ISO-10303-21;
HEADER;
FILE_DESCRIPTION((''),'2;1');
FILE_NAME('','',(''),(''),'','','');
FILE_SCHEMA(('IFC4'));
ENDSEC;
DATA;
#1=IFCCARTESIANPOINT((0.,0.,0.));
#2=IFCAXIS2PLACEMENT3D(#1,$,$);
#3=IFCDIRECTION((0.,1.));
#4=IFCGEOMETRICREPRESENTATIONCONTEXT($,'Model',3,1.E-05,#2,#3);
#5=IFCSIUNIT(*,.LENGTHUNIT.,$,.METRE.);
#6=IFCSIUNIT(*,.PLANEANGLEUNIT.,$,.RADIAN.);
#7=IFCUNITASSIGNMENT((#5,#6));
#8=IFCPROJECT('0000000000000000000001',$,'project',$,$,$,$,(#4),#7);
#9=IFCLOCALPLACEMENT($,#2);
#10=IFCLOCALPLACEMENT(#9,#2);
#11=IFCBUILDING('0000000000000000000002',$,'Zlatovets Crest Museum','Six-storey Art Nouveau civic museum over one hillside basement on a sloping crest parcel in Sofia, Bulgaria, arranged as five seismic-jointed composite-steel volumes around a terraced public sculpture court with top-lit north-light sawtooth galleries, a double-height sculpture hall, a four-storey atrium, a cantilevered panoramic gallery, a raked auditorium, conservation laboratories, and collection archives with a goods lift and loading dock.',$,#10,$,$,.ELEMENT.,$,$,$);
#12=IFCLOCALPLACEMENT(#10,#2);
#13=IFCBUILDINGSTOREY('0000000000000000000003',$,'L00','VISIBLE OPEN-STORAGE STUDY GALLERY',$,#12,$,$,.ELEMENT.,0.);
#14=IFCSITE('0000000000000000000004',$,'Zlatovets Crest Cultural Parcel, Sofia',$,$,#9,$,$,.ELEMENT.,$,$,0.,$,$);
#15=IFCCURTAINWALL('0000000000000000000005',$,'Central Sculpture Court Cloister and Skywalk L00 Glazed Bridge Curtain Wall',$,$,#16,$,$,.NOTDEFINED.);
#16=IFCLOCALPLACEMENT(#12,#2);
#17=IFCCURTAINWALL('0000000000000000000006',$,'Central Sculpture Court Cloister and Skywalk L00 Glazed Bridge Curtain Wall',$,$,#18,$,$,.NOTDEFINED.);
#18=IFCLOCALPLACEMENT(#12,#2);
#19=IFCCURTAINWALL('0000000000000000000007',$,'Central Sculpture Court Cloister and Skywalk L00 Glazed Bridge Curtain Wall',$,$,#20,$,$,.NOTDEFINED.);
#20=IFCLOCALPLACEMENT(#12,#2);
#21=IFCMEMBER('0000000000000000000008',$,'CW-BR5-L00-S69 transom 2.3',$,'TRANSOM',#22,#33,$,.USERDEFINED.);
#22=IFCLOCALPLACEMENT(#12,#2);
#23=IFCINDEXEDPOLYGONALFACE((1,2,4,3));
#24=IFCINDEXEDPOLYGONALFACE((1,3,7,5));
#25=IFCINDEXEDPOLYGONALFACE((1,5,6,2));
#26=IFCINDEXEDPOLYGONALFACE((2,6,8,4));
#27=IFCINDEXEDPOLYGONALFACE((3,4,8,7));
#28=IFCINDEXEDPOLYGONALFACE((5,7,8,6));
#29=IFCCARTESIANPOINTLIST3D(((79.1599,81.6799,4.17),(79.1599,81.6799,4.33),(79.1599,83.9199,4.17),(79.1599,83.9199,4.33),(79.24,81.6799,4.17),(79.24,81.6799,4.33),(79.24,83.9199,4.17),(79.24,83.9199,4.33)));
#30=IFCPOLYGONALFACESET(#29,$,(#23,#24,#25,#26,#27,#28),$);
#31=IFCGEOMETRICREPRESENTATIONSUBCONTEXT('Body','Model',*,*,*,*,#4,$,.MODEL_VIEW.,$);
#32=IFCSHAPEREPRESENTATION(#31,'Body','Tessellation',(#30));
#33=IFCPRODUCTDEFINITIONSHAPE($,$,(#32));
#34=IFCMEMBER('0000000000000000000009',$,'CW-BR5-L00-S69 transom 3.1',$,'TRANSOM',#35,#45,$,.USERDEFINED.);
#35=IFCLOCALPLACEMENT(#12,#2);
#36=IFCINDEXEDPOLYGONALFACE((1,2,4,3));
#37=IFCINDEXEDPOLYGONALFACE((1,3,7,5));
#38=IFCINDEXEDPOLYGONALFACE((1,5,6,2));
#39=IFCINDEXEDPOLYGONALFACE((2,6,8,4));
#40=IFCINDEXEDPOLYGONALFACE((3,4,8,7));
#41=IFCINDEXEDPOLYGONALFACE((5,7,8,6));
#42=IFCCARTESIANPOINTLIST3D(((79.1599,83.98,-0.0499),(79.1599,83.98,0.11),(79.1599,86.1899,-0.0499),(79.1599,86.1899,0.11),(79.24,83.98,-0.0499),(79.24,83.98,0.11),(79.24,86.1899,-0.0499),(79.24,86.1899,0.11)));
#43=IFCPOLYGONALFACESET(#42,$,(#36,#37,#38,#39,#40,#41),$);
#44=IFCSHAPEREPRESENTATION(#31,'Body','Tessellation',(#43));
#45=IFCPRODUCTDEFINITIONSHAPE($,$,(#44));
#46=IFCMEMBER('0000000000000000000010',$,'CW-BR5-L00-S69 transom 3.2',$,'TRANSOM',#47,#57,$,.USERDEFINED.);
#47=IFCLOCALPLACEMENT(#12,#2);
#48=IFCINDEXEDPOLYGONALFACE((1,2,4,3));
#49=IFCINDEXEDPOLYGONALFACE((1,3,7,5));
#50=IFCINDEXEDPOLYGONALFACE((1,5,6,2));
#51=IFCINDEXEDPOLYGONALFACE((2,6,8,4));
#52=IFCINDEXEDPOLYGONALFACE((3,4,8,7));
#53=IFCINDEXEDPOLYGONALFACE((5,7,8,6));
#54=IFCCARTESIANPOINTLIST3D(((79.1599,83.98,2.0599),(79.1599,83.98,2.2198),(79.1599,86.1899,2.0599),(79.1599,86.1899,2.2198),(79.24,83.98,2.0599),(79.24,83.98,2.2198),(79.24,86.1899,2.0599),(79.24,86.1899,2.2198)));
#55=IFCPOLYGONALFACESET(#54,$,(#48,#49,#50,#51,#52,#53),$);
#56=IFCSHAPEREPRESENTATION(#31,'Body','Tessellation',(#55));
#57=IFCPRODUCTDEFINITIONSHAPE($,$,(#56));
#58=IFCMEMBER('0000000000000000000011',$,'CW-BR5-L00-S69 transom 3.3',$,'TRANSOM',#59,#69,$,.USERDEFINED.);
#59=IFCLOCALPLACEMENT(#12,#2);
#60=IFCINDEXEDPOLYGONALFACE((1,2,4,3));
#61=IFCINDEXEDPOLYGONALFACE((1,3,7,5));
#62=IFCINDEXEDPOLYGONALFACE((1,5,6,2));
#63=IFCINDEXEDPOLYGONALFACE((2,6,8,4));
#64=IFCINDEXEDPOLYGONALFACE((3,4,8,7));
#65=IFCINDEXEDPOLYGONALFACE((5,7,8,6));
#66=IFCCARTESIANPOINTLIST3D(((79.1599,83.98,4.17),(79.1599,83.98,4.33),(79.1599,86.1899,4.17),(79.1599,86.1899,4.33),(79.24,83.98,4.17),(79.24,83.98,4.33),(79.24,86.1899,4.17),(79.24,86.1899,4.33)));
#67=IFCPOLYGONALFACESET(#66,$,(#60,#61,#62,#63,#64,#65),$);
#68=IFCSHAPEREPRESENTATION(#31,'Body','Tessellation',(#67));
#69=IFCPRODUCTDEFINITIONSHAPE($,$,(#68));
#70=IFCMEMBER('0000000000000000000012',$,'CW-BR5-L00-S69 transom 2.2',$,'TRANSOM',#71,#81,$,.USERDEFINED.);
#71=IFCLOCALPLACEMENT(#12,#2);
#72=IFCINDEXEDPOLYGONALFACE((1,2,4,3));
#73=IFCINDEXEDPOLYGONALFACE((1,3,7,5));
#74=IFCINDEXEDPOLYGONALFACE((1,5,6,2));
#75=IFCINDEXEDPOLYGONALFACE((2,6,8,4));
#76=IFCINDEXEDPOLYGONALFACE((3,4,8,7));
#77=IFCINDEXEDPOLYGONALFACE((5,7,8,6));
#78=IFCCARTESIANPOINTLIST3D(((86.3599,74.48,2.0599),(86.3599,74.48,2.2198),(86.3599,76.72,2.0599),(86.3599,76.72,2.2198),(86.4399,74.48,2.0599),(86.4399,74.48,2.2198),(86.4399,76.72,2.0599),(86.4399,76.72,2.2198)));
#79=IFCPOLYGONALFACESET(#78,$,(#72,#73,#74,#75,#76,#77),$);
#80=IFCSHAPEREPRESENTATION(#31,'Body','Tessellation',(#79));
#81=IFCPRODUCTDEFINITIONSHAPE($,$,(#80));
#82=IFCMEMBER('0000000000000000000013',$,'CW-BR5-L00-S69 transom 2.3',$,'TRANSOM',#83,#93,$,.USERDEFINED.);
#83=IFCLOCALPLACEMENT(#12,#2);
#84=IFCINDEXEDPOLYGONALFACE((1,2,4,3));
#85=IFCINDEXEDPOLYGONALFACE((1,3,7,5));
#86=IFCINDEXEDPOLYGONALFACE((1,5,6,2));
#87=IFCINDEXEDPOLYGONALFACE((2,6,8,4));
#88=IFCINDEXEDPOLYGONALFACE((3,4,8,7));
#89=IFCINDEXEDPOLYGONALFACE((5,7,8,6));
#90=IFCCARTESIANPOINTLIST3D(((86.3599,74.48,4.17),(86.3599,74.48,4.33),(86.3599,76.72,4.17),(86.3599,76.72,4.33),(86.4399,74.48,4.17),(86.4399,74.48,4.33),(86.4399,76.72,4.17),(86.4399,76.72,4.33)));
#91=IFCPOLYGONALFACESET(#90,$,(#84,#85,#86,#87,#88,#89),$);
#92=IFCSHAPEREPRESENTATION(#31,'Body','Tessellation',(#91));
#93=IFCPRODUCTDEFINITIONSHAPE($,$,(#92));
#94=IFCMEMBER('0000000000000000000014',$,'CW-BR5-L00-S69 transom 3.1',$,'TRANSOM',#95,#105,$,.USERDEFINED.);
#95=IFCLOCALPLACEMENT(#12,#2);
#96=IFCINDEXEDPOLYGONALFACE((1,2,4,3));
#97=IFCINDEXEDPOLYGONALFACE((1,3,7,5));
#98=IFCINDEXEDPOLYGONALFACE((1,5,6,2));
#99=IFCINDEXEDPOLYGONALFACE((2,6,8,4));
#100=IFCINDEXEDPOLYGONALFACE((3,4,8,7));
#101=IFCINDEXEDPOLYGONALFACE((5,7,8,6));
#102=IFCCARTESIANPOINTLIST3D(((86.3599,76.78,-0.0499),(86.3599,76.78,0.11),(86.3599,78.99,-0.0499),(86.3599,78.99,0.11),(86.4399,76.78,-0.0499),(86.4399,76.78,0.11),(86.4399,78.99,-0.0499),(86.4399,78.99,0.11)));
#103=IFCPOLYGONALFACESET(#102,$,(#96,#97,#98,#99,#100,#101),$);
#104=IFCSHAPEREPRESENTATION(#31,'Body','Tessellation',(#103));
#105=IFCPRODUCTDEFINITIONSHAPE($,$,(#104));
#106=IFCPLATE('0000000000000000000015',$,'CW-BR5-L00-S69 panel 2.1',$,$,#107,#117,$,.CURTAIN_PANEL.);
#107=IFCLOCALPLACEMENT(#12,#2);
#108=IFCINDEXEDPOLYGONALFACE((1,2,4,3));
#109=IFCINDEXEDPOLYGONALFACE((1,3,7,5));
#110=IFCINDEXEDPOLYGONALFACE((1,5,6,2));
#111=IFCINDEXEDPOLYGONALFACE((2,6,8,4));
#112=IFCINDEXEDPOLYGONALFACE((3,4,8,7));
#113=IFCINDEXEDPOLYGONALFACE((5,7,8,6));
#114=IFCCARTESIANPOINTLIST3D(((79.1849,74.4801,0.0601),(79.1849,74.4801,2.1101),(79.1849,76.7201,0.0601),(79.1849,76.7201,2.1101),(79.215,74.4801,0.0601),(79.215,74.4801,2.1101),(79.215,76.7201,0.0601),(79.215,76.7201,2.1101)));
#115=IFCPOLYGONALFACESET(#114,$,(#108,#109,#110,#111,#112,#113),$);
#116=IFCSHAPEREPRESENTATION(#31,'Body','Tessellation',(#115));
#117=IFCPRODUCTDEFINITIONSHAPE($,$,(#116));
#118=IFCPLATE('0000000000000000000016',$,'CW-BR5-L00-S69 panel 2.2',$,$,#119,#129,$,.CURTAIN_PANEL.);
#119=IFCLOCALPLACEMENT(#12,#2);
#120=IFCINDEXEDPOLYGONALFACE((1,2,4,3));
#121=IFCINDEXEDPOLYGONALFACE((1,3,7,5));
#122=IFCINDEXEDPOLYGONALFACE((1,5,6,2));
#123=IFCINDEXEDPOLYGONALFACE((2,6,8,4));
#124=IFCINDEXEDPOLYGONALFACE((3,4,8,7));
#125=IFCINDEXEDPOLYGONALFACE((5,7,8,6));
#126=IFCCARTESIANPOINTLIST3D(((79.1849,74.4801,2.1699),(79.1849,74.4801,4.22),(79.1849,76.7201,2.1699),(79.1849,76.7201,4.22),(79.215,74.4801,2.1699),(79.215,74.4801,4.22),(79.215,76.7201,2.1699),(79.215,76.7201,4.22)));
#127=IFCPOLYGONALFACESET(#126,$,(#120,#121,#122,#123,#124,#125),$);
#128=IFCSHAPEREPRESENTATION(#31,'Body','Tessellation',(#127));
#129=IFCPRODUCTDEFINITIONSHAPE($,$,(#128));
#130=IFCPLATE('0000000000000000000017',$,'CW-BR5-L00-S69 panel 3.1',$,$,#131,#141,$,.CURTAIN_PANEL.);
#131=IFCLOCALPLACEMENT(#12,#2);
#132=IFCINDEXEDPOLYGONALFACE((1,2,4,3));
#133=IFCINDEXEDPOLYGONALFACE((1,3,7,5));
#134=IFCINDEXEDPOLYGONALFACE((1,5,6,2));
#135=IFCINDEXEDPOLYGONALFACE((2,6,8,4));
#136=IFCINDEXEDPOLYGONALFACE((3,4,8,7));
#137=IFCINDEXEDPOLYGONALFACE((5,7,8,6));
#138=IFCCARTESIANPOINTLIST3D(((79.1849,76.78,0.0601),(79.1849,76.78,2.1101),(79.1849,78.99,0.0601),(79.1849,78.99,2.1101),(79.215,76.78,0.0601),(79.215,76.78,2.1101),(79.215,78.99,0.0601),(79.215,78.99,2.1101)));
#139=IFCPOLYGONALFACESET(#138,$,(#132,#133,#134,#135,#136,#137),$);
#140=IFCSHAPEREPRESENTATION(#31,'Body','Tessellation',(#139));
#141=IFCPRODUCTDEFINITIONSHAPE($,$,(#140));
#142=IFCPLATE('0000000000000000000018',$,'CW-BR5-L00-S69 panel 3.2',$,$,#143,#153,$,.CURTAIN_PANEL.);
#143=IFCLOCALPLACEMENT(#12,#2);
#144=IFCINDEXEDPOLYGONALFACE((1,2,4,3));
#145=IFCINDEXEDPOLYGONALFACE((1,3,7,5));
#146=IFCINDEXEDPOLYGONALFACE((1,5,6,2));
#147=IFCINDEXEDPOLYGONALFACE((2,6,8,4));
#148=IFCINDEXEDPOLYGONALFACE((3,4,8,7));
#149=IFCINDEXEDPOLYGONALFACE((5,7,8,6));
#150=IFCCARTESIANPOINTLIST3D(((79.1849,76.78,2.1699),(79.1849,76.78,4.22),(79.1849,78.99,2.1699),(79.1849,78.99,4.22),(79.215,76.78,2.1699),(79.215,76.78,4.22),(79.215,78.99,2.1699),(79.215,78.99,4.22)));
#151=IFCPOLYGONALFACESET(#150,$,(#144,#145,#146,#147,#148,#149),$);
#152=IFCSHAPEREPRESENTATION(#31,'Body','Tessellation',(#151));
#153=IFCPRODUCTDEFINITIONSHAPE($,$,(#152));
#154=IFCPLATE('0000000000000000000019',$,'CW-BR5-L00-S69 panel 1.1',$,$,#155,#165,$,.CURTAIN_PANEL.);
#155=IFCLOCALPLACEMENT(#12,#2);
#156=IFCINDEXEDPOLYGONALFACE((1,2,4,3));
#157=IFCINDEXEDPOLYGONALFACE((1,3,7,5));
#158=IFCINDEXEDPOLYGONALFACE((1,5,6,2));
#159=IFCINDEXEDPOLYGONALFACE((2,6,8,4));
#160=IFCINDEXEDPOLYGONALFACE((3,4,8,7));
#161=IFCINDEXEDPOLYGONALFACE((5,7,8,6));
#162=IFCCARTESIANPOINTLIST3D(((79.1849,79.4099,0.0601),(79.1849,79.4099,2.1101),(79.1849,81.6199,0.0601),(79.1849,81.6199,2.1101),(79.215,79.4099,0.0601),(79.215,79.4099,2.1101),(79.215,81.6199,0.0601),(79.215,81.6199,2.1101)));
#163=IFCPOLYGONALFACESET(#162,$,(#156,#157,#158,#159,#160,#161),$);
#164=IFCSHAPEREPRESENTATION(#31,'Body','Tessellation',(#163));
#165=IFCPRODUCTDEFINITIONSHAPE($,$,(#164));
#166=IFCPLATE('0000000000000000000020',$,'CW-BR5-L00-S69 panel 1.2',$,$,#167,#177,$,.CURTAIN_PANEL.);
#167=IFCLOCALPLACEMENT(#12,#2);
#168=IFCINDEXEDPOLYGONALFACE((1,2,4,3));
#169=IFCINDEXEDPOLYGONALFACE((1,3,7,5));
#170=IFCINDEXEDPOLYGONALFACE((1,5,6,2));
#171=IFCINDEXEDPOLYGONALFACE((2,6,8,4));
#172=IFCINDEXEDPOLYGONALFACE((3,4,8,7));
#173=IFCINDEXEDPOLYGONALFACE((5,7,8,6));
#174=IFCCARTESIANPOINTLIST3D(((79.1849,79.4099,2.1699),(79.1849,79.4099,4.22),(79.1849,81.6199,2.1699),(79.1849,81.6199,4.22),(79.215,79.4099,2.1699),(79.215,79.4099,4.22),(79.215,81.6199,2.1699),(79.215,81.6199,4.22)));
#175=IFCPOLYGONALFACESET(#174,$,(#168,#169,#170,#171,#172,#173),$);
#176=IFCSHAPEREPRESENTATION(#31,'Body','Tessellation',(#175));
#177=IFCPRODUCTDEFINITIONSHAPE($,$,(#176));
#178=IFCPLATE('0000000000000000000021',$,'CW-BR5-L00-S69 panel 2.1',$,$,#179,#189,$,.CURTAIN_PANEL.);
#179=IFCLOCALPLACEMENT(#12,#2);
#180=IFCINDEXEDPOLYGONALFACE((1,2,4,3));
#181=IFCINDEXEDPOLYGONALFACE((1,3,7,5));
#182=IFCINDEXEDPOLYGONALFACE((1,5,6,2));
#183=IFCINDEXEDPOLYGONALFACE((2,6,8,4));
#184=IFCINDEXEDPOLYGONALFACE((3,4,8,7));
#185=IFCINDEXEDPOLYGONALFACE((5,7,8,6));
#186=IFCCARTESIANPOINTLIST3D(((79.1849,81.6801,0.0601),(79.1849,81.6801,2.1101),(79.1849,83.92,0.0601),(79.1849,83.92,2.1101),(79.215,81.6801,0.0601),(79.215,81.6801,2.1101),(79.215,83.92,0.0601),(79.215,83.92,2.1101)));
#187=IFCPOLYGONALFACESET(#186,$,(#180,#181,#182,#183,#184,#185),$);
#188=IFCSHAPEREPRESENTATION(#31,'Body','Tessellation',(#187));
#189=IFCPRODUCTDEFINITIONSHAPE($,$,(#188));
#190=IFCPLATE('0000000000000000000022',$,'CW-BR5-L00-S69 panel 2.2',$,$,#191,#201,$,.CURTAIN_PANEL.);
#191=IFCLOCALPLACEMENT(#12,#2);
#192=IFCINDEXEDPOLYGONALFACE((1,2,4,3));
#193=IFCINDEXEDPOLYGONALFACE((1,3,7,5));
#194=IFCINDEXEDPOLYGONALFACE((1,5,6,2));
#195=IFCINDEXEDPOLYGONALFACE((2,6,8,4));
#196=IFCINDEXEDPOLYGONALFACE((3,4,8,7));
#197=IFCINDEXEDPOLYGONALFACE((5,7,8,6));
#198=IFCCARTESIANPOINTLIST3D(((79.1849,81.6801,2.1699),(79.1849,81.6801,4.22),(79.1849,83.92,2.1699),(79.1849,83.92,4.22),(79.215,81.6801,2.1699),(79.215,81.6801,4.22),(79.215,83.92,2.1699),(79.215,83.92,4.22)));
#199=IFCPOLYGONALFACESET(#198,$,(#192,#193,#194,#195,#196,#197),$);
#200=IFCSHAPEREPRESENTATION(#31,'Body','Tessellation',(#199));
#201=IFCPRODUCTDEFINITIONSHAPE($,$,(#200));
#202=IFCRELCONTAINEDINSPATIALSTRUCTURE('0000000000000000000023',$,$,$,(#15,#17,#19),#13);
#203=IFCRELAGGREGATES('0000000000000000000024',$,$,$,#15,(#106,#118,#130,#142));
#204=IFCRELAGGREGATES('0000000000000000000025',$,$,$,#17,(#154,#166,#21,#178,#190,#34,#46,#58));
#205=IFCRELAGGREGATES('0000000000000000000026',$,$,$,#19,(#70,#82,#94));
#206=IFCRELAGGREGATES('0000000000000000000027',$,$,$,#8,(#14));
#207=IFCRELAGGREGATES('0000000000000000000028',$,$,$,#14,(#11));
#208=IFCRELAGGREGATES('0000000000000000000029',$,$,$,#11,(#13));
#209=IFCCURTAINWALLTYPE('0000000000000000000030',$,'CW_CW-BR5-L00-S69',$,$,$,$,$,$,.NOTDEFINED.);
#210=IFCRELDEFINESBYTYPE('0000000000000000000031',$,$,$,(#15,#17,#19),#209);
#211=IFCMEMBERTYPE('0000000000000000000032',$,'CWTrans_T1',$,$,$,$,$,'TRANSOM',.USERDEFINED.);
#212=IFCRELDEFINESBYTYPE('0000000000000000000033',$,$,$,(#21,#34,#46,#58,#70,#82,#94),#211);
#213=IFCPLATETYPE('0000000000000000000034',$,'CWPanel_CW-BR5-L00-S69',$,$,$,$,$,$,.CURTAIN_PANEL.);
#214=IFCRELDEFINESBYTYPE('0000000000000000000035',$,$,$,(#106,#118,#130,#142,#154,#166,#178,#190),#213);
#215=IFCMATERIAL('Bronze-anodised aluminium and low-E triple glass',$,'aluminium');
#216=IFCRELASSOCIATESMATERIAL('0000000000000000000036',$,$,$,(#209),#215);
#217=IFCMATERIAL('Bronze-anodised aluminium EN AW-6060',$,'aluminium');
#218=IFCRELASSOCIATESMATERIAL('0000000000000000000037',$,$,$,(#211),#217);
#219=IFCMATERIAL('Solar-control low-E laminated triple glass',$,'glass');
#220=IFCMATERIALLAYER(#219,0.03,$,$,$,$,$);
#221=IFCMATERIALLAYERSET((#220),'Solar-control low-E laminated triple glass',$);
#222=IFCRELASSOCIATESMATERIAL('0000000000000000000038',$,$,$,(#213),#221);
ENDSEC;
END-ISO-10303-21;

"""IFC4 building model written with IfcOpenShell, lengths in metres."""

from ifc_helpers import new_model, si_unit, direction, frame, origin, origin_2d, place, context, subcontext, project, spatial, rectangle, extrude, material, layer, layer_set, material_profile, profile_set, type_object, element, aggregate, save


model = new_model("IFC4")

# Units and contexts
model_context = context("Model", 3, precision=1e-05, world=origin(), true_north=direction((0.0, 1.0)))
body_context = subcontext(model_context, "Body", "Model", "MODEL_VIEW")
ifc_project = project(units=[si_unit("LENGTHUNIT", "METRE"), si_unit("PLANEANGLEUNIT", "RADIAN")], contexts=[model_context])

# Site, building, storey
site_placement = place(None, origin())
site = spatial("IfcSite", under=ifc_project, at=site_placement, Name="Zlatovets Crest Cultural Parcel, Sofia", CompositionType="ELEMENT", RefElevation=0.0)
building_placement = place(site_placement, origin())
building = spatial("IfcBuilding", under=site, at=building_placement, Name="Zlatovets Crest Museum", Description="Six-storey Art Nouveau civic museum over one hillside basement on a sloping crest parcel in Sofia, Bulgaria, arranged as five seismic-jointed composite-steel volumes around a terraced public sculpture court with top-lit north-light sawtooth galleries, a double-height sculpture hall, a four-storey atrium, a cantilevered panoramic gallery, a raked auditorium, conservation laboratories, and collection archives with a goods lift and loading dock.", CompositionType="ELEMENT")
storey_placement = place(building_placement, origin())
storey = spatial("IfcBuildingStorey", under=building, at=storey_placement, Name="L00", Description="VISIBLE OPEN-STORAGE STUDY GALLERY", CompositionType="ELEMENT", Elevation=0.0)

# Curtain walls
ifc_material_1 = material(Name="Bronze-anodised aluminium and low-E triple glass", Category="aluminium")
curtain_wall_type = type_object("IfcCurtainWallType", Name="CW_CW-BR5-L00-S69", PredefinedType="NOTDEFINED", material=ifc_material_1)
curtain_wall_1_placement = place(storey_placement, origin())
curtain_wall_1 = element("IfcCurtainWall", 1, at=curtain_wall_1_placement, inside=storey, type_object=curtain_wall_type, Name="Central Sculpture Court Cloister and Skywalk L00 Glazed Bridge Curtain Wall", PredefinedType="NOTDEFINED")
ifc_material_2 = material(Name="Bronze-anodised aluminium EN AW-6060", Category="aluminium")
curtain_wall_2_placement = place(storey_placement, origin())
curtain_wall_2 = element("IfcCurtainWall", 2, at=curtain_wall_2_placement, inside=storey, type_object=curtain_wall_type, Name="Central Sculpture Court Cloister and Skywalk L00 Glazed Bridge Curtain Wall", PredefinedType="NOTDEFINED")

# Curtain wall
curtain_wall_3_placement = place(storey_placement, origin())
curtain_wall_3 = element("IfcCurtainWall", 3, at=curtain_wall_3_placement, inside=storey, type_object=curtain_wall_type, Name="Central Sculpture Court Cloister and Skywalk L00 Glazed Bridge Curtain Wall", PredefinedType="NOTDEFINED")

# Members
ifc_material_profile_1 = material_profile(ifc_material_2, rectangle(XDim=0.0801, YDim=0.1599, at=origin_2d()), Name="ALU 80x160")
ifc_profile_set_1 = profile_set([ifc_material_profile_1], Name="Bronze-anodised aluminium EN AW-6060")
member_type_1 = type_object("IfcMemberType", Name="CWTrans_T1", ElementType="TRANSOM", PredefinedType="USERDEFINED", material=ifc_profile_set_1)
member_1_placement = place(storey_placement, frame((79.2, 81.6799, 4.25), z_axis=(0.0, 1.0, 0.0), x_axis=(-1.0, 0.0, 0.0)))
member_1 = element("IfcMember", 4, at=member_1_placement, type_object=member_type_1, Name="CW-BR5-L00-S69 transom 2.3", ObjectType="TRANSOM", PredefinedType="USERDEFINED", context=body_context, shape_type="SweptSolid", body=[
    extrude(rectangle(XDim=0.0801, YDim=0.1599, at=origin_2d()), origin(), (0.0, 0.0, 1.0), 2.24),
])
member_2_placement = place(storey_placement, frame((79.2, 83.98, 0.03), z_axis=(0.0, 1.0, 0.0), x_axis=(-1.0, 0.0, 0.0)))
member_2 = element("IfcMember", 5, at=member_2_placement, type_object=member_type_1, Name="CW-BR5-L00-S69 transom 3.1", ObjectType="TRANSOM", PredefinedType="USERDEFINED", context=body_context, shape_type="SweptSolid", body=[
    extrude(rectangle(XDim=0.0801, YDim=0.1599, at=origin_2d()), origin(), (0.0, 0.0, 1.0), 2.21),
])
member_3_placement = place(storey_placement, frame((79.2, 83.98, 2.1399), z_axis=(0.0, 1.0, 0.0), x_axis=(-1.0, 0.0, 0.0)))
member_3 = element("IfcMember", 6, at=member_3_placement, type_object=member_type_1, Name="CW-BR5-L00-S69 transom 3.2", ObjectType="TRANSOM", PredefinedType="USERDEFINED", context=body_context, shape_type="SweptSolid", body=[
    extrude(rectangle(XDim=0.0801, YDim=0.1599, at=origin_2d()), origin(), (0.0, 0.0, 1.0), 2.21),
])
member_4_placement = place(storey_placement, frame((79.2, 83.98, 4.25), z_axis=(0.0, 1.0, 0.0), x_axis=(-1.0, 0.0, 0.0)))
member_4 = element("IfcMember", 7, at=member_4_placement, type_object=member_type_1, Name="CW-BR5-L00-S69 transom 3.3", ObjectType="TRANSOM", PredefinedType="USERDEFINED", context=body_context, shape_type="SweptSolid", body=[
    extrude(rectangle(XDim=0.0801, YDim=0.1599, at=origin_2d()), origin(), (0.0, 0.0, 1.0), 2.21),
])
member_5_placement = place(storey_placement, frame((86.3999, 74.48, 2.1399), z_axis=(0.0, 1.0, 0.0), x_axis=(-1.0, 0.0, 0.0)))
member_5 = element("IfcMember", 8, at=member_5_placement, type_object=member_type_1, Name="CW-BR5-L00-S69 transom 2.2", ObjectType="TRANSOM", PredefinedType="USERDEFINED", context=body_context, shape_type="SweptSolid", body=[
    extrude(rectangle(XDim=0.0801, YDim=0.1599, at=origin_2d()), origin(), (0.0, 0.0, 1.0), 2.24),
])
member_6_placement = place(storey_placement, frame((86.3999, 74.48, 4.25), z_axis=(0.0, 1.0, 0.0), x_axis=(-1.0, 0.0, 0.0)))
member_6 = element("IfcMember", 9, at=member_6_placement, type_object=member_type_1, Name="CW-BR5-L00-S69 transom 2.3", ObjectType="TRANSOM", PredefinedType="USERDEFINED", context=body_context, shape_type="SweptSolid", body=[
    extrude(rectangle(XDim=0.0801, YDim=0.1599, at=origin_2d()), origin(), (0.0, 0.0, 1.0), 2.24),
])
member_7_placement = place(storey_placement, frame((86.3999, 76.78, 0.03), z_axis=(0.0, 1.0, 0.0), x_axis=(-1.0, 0.0, 0.0)))
member_7 = element("IfcMember", 10, at=member_7_placement, type_object=member_type_1, Name="CW-BR5-L00-S69 transom 3.1", ObjectType="TRANSOM", PredefinedType="USERDEFINED", context=body_context, shape_type="SweptSolid", body=[
    extrude(rectangle(XDim=0.0801, YDim=0.1599, at=origin_2d()), origin(), (0.0, 0.0, 1.0), 2.21),
])

# Plates
ifc_material_3 = material(Name="Solar-control low-E laminated triple glass", Category="glass")
ifc_layer = layer(ifc_material_3, 0.03)
ifc_layer_set = layer_set([ifc_layer], Name="Solar-control low-E laminated triple glass")
plate_type = type_object("IfcPlateType", Name="CWPanel_CW-BR5-L00-S69", PredefinedType="CURTAIN_PANEL", material=ifc_layer_set)
plate_1_placement = place(storey_placement, frame((79.2, 75.6001, 0.0601), z_axis=(0.0, 0.0, 1.0), x_axis=(0.0, 1.0, 0.0)))
plate_1 = element("IfcPlate", 11, at=plate_1_placement, type_object=plate_type, Name="CW-BR5-L00-S69 panel 2.1", PredefinedType="CURTAIN_PANEL", context=body_context, shape_type="SweptSolid", body=[
    extrude(rectangle(XDim=2.24, YDim=0.03, at=origin_2d()), origin(), (0.0, 0.0, 1.0), 2.05),
])
plate_2_placement = place(storey_placement, frame((79.2, 75.6001, 2.1699), z_axis=(0.0, 0.0, 1.0), x_axis=(0.0, 1.0, 0.0)))
plate_2 = element("IfcPlate", 12, at=plate_2_placement, type_object=plate_type, Name="CW-BR5-L00-S69 panel 2.2", PredefinedType="CURTAIN_PANEL", context=body_context, shape_type="SweptSolid", body=[
    extrude(rectangle(XDim=2.24, YDim=0.03, at=origin_2d()), origin(), (0.0, 0.0, 1.0), 2.05),
])
plate_3_placement = place(storey_placement, frame((79.2, 77.885, 0.0601), z_axis=(0.0, 0.0, 1.0), x_axis=(0.0, 1.0, 0.0)))
plate_3 = element("IfcPlate", 13, at=plate_3_placement, type_object=plate_type, Name="CW-BR5-L00-S69 panel 3.1", PredefinedType="CURTAIN_PANEL", context=body_context, shape_type="SweptSolid", body=[
    extrude(rectangle(XDim=2.21, YDim=0.03, at=origin_2d()), origin(), (0.0, 0.0, 1.0), 2.05),
])
plate_4_placement = place(storey_placement, frame((79.2, 77.885, 2.1699), z_axis=(0.0, 0.0, 1.0), x_axis=(0.0, 1.0, 0.0)))
plate_4 = element("IfcPlate", 14, at=plate_4_placement, type_object=plate_type, Name="CW-BR5-L00-S69 panel 3.2", PredefinedType="CURTAIN_PANEL", context=body_context, shape_type="SweptSolid", body=[
    extrude(rectangle(XDim=2.21, YDim=0.03, at=origin_2d()), origin(), (0.0, 0.0, 1.0), 2.05),
])
aggregate(curtain_wall_1, [plate_1, plate_2, plate_3, plate_4])
plate_5_placement = place(storey_placement, frame((79.2, 80.5149, 0.0601), z_axis=(0.0, 0.0, 1.0), x_axis=(0.0, 1.0, 0.0)))
plate_5 = element("IfcPlate", 15, at=plate_5_placement, type_object=plate_type, Name="CW-BR5-L00-S69 panel 1.1", PredefinedType="CURTAIN_PANEL", context=body_context, shape_type="SweptSolid", body=[
    extrude(rectangle(XDim=2.21, YDim=0.03, at=origin_2d()), origin(), (0.0, 0.0, 1.0), 2.05),
])
plate_6_placement = place(storey_placement, frame((79.2, 80.5149, 2.1699), z_axis=(0.0, 0.0, 1.0), x_axis=(0.0, 1.0, 0.0)))
plate_6 = element("IfcPlate", 16, at=plate_6_placement, type_object=plate_type, Name="CW-BR5-L00-S69 panel 1.2", PredefinedType="CURTAIN_PANEL", context=body_context, shape_type="SweptSolid", body=[
    extrude(rectangle(XDim=2.21, YDim=0.03, at=origin_2d()), origin(), (0.0, 0.0, 1.0), 2.05),
])
plate_7_placement = place(storey_placement, frame((79.2, 82.8, 0.0601), z_axis=(0.0, 0.0, 1.0), x_axis=(0.0, 1.0, 0.0)))
plate_7 = element("IfcPlate", 17, at=plate_7_placement, type_object=plate_type, Name="CW-BR5-L00-S69 panel 2.1", PredefinedType="CURTAIN_PANEL", context=body_context, shape_type="SweptSolid", body=[
    extrude(rectangle(XDim=2.24, YDim=0.03, at=origin_2d()), origin(), (0.0, 0.0, 1.0), 2.05),
])
plate_8_placement = place(storey_placement, frame((79.2, 82.8, 2.1699), z_axis=(0.0, 0.0, 1.0), x_axis=(0.0, 1.0, 0.0)))
plate_8 = element("IfcPlate", 18, at=plate_8_placement, type_object=plate_type, Name="CW-BR5-L00-S69 panel 2.2", PredefinedType="CURTAIN_PANEL", context=body_context, shape_type="SweptSolid", body=[
    extrude(rectangle(XDim=2.24, YDim=0.03, at=origin_2d()), origin(), (0.0, 0.0, 1.0), 2.05),
])
aggregate(curtain_wall_2, [plate_5, plate_6, member_1, plate_7, plate_8, member_2, member_3, member_4])
aggregate(curtain_wall_3, [member_5, member_6, member_7])

save(model, "model.ifc")
